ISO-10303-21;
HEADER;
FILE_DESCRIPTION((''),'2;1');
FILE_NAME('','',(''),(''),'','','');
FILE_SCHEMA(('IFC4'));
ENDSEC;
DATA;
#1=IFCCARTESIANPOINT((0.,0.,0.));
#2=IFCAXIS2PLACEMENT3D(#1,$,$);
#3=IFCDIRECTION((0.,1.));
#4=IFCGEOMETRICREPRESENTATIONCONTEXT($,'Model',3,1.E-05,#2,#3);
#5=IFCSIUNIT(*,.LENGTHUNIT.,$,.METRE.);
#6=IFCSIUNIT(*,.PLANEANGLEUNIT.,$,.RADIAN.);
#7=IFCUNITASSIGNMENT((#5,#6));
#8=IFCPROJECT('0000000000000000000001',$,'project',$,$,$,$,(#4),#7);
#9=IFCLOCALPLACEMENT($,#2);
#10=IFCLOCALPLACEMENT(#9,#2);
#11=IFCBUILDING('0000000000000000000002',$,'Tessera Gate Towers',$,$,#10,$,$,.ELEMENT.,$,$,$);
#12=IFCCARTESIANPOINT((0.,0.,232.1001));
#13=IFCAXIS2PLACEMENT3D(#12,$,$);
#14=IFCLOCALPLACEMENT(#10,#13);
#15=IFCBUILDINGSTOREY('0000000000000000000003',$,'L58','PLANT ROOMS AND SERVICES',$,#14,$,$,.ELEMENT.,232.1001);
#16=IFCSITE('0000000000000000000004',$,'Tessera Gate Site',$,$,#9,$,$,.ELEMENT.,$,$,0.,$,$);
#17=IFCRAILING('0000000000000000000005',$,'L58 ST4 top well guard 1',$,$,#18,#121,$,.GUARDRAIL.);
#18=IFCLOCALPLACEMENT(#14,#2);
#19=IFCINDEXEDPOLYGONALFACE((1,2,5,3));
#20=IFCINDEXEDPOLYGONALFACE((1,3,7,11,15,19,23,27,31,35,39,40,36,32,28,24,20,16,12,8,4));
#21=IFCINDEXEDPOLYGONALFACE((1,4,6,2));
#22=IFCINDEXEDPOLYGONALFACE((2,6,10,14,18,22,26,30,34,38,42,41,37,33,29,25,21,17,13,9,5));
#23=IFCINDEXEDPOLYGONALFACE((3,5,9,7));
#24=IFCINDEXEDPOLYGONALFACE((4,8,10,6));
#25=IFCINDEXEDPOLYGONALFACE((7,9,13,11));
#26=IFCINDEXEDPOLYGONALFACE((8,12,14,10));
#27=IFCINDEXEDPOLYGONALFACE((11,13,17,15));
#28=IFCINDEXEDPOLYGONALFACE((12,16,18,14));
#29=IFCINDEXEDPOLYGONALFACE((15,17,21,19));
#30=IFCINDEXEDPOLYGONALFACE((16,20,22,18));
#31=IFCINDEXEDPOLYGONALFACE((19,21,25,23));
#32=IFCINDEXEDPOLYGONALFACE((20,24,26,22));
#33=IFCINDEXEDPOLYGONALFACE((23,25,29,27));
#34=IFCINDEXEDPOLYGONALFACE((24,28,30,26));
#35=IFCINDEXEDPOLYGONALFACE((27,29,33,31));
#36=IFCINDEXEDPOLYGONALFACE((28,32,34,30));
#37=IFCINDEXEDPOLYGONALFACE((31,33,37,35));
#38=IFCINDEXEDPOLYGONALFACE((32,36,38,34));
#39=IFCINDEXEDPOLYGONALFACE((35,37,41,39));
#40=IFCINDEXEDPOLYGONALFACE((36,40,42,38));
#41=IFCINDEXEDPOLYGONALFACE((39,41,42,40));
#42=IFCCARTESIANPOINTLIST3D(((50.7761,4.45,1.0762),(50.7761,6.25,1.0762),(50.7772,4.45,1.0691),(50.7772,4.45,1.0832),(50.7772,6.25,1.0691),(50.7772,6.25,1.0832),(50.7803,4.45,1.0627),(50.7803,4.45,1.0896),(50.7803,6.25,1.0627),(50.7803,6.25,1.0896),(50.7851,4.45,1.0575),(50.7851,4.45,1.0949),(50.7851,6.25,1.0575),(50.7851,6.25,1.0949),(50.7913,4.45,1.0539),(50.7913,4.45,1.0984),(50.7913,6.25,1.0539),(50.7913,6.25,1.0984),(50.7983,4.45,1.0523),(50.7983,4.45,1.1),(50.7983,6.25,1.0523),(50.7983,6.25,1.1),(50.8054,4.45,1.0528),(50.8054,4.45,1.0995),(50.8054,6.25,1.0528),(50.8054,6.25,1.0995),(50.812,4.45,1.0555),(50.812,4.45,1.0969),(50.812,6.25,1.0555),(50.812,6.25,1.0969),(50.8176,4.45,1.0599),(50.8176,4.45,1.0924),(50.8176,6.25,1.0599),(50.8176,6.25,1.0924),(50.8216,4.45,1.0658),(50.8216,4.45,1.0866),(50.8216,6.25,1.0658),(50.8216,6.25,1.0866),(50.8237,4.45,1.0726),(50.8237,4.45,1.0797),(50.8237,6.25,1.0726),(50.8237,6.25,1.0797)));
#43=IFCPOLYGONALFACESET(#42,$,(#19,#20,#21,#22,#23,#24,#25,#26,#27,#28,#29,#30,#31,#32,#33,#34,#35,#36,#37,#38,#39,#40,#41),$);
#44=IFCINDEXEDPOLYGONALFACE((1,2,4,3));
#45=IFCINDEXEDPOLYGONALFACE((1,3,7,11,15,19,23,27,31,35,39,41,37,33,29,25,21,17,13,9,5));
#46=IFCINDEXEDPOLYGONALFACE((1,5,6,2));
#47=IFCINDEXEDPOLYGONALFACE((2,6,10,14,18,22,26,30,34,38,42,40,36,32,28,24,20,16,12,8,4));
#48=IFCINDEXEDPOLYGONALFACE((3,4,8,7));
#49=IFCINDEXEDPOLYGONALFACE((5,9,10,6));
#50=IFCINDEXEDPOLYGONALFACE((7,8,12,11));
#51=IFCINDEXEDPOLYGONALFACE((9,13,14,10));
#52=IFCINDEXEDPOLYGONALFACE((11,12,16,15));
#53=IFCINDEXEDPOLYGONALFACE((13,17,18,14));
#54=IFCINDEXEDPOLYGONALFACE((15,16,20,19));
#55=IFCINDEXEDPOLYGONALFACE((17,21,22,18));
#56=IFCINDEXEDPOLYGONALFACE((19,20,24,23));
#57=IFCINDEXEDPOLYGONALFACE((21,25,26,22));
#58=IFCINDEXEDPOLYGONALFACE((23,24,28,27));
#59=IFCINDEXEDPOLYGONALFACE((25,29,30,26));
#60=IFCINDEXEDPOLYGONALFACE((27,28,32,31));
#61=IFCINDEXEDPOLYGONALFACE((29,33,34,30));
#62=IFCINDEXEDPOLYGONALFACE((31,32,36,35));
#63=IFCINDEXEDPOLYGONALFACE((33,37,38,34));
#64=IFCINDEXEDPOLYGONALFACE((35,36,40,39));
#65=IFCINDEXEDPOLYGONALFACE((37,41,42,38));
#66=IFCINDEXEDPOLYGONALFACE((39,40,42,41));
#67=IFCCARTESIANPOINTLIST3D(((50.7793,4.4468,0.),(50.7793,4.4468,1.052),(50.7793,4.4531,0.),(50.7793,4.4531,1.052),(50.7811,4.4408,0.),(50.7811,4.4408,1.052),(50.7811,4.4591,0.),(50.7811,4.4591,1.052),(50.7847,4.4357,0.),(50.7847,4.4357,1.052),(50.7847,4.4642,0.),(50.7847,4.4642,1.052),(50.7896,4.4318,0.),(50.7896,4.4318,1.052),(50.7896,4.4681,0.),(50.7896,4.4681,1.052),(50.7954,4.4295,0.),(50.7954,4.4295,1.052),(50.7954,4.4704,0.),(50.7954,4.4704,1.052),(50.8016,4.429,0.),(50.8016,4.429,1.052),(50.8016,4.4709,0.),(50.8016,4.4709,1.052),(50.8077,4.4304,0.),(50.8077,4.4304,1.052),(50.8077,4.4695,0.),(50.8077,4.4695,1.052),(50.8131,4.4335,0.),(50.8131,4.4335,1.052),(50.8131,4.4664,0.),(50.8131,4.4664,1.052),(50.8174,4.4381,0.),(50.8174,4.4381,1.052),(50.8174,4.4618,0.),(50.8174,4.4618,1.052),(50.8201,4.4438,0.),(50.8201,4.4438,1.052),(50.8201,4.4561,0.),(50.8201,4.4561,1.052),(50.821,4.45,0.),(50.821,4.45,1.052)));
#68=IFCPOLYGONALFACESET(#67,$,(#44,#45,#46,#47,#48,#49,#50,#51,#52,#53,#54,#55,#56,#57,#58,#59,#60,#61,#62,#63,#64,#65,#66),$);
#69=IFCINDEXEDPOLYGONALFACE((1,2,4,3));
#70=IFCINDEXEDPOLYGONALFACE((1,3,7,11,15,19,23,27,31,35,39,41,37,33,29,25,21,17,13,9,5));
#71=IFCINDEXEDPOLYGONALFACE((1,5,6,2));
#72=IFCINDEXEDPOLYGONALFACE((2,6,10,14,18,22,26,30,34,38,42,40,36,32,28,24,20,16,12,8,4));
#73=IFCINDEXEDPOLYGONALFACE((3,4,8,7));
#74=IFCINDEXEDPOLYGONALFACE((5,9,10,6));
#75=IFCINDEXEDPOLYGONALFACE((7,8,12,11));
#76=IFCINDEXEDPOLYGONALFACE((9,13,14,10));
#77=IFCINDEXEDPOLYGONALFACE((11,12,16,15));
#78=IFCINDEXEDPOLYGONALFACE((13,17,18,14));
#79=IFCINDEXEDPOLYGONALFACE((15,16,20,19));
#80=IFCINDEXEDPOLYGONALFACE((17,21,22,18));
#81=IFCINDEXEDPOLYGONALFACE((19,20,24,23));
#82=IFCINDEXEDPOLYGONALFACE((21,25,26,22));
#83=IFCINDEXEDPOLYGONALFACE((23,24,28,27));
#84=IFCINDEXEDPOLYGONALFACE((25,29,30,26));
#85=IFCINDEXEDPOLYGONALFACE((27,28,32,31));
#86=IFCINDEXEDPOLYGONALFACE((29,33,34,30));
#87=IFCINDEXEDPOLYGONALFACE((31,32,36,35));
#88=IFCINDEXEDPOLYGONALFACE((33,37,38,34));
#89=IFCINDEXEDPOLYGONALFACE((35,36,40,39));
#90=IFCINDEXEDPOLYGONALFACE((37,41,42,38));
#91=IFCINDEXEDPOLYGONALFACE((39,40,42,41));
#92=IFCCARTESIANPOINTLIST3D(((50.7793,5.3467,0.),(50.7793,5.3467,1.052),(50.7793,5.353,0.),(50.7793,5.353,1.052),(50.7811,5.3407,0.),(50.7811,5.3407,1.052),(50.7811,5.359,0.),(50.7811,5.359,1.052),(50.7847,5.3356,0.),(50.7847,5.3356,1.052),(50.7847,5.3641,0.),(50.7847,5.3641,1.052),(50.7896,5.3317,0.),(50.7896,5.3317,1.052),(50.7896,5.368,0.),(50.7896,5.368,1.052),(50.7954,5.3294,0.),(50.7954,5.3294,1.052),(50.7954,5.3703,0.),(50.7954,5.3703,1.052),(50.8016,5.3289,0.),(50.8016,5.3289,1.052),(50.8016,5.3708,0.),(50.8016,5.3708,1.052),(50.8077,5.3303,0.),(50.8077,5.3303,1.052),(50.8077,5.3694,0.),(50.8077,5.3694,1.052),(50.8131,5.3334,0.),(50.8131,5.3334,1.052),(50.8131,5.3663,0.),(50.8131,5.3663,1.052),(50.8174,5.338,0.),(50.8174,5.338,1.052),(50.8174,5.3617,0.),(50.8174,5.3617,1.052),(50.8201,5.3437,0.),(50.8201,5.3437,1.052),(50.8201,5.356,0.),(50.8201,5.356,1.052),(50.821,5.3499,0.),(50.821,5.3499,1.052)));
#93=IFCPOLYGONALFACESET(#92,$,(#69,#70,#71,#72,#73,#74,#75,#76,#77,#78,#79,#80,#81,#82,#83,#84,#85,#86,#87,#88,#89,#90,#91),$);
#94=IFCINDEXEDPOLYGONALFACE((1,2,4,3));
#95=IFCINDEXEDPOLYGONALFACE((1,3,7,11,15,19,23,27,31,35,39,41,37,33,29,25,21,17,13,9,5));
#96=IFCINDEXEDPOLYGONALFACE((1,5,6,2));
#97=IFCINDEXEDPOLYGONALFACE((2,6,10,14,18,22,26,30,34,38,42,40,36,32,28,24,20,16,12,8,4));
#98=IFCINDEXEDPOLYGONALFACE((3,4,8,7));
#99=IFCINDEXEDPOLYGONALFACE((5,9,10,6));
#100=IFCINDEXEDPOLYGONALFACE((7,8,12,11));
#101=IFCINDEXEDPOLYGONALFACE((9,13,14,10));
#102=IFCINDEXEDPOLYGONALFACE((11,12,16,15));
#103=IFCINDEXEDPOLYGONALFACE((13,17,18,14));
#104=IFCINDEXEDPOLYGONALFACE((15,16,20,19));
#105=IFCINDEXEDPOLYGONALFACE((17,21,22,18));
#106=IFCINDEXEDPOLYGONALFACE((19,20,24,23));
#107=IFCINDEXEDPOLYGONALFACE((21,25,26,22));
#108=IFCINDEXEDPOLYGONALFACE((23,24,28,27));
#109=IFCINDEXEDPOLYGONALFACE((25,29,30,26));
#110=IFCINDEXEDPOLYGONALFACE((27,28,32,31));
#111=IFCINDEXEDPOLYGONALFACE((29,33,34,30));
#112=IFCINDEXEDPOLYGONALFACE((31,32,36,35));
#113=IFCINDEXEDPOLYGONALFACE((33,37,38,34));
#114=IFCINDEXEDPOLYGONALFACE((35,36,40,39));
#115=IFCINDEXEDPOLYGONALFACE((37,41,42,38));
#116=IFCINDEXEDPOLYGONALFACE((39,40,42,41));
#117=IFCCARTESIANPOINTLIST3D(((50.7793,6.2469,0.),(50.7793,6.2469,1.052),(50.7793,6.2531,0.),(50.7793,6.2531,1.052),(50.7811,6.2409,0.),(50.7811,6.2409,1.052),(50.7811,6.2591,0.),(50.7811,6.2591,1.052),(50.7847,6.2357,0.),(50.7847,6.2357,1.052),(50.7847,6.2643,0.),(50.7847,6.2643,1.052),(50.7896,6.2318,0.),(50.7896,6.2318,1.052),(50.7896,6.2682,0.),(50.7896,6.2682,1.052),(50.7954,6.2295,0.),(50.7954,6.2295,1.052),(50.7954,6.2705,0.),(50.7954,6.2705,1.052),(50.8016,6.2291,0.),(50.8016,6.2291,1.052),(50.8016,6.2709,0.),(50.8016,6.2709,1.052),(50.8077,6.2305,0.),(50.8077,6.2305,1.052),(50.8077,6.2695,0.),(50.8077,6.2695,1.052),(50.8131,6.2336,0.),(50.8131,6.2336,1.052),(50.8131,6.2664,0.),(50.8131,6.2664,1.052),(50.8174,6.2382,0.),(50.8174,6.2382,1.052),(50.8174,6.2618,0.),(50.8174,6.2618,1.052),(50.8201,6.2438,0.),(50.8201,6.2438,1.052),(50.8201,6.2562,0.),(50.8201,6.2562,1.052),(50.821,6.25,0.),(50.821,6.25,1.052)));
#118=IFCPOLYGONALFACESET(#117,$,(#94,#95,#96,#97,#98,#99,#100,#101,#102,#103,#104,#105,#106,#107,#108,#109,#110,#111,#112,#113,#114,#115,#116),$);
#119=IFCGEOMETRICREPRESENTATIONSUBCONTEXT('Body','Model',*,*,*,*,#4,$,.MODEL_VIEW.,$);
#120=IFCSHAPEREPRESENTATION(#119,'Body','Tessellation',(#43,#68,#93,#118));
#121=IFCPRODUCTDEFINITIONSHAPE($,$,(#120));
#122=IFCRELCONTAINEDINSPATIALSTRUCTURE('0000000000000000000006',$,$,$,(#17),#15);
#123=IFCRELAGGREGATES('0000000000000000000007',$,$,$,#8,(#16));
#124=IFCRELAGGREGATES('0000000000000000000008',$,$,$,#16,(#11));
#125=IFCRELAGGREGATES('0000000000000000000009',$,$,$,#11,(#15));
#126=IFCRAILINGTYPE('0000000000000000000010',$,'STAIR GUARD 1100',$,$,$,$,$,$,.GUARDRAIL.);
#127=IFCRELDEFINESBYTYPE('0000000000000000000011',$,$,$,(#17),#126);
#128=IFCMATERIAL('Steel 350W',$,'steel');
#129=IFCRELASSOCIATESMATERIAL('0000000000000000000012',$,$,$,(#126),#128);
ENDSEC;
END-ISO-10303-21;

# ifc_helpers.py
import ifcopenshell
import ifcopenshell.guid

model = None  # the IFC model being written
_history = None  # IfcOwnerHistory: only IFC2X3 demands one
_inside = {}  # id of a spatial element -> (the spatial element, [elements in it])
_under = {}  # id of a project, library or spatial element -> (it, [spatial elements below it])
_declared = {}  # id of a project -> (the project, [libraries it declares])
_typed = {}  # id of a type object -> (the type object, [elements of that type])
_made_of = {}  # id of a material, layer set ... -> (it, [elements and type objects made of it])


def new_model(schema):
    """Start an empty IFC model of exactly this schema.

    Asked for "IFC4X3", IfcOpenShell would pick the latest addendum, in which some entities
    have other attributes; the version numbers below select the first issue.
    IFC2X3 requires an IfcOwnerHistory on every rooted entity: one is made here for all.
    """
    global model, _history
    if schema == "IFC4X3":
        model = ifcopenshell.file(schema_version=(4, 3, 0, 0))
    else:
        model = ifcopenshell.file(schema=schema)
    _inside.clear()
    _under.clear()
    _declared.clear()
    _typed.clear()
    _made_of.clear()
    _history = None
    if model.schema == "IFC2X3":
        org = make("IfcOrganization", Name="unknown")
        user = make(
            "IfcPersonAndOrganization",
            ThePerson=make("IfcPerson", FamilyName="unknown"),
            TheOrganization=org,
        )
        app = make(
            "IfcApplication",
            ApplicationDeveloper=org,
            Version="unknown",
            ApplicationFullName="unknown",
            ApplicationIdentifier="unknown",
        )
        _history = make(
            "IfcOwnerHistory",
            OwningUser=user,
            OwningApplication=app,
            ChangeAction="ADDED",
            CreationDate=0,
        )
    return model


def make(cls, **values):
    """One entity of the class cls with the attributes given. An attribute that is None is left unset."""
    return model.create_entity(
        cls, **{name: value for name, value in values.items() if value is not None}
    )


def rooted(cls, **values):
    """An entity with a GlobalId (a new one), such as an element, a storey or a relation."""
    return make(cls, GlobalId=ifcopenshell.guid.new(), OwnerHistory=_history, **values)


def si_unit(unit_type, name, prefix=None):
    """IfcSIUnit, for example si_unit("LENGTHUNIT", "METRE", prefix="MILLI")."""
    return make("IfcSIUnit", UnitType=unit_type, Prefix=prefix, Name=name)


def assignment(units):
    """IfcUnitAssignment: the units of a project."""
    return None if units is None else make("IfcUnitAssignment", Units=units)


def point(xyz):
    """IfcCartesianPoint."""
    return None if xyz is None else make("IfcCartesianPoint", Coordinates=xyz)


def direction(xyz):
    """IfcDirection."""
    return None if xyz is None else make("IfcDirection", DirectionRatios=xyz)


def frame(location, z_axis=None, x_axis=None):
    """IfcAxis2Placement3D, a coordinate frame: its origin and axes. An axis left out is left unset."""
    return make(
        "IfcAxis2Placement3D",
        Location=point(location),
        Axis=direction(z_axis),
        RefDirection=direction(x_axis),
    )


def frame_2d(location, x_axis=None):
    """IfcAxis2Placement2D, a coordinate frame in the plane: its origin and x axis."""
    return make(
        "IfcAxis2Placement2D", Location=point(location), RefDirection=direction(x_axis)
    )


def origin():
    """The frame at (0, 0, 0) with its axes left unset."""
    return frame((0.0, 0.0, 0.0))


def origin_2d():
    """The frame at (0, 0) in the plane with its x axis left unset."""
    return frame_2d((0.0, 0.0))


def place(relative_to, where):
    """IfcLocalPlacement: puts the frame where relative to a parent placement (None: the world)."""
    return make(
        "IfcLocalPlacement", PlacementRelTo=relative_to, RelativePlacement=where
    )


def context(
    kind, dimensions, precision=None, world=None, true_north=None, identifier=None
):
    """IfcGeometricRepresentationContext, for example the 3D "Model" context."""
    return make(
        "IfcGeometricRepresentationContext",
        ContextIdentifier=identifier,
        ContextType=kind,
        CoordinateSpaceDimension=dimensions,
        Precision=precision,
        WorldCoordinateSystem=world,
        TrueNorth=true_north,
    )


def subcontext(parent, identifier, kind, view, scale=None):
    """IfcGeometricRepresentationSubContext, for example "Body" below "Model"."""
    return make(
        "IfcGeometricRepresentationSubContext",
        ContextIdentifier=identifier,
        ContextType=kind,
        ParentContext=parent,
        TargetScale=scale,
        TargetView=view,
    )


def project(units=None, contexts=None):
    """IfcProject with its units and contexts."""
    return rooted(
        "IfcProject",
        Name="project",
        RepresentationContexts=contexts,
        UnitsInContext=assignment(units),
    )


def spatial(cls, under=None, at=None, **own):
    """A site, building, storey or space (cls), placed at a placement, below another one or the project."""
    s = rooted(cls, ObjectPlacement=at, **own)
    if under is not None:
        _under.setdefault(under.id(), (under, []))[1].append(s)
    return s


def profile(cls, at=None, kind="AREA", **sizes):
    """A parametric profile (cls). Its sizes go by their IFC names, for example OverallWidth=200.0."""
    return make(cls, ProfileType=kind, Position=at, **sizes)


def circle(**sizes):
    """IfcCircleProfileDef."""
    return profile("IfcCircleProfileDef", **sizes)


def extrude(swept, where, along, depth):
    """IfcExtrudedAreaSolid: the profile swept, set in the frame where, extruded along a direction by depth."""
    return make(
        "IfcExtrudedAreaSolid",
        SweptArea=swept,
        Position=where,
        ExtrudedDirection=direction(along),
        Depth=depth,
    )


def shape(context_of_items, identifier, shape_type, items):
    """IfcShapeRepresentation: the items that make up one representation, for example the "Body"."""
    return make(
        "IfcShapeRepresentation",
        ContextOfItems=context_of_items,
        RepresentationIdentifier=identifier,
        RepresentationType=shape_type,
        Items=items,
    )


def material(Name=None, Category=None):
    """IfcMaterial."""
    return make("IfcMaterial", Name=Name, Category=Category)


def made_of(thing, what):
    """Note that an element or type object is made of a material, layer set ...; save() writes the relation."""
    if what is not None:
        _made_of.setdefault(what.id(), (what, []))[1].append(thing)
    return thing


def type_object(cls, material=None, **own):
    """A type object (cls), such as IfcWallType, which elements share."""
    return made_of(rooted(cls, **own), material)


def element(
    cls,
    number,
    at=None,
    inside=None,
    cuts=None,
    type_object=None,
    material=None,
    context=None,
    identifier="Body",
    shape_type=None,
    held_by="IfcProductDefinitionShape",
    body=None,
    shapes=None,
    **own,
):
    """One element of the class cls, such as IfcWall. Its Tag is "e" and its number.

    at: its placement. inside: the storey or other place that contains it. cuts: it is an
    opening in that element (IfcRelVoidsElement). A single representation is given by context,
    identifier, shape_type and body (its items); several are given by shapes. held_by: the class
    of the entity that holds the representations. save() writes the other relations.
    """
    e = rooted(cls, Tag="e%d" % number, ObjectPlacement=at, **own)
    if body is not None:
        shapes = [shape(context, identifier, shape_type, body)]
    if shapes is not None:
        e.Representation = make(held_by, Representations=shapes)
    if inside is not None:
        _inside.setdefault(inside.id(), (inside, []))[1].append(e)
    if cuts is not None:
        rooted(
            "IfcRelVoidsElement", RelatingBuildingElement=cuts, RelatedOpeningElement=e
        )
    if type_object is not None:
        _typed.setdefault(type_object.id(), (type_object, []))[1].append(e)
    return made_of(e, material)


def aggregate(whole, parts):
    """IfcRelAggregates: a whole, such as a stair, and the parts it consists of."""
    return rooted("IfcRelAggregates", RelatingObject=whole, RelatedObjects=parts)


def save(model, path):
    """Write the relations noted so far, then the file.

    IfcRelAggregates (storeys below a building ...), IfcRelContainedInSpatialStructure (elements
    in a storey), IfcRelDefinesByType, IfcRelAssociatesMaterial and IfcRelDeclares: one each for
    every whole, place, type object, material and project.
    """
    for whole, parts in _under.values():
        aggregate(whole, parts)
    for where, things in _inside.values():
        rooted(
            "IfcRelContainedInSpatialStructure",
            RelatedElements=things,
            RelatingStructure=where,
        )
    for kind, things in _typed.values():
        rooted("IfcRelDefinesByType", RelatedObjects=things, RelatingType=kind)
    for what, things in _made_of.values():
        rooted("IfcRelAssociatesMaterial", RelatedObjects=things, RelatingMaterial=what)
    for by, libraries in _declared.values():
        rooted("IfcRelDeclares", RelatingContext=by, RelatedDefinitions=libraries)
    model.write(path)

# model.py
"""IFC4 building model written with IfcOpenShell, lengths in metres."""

from ifc_helpers import new_model, si_unit, direction, frame, origin, origin_2d, place, context, subcontext, project, spatial, circle, extrude, material, type_object, element, save


model = new_model("IFC4")

# Units and contexts
model_context = context("Model", 3, precision=1e-05, world=origin(), true_north=direction((0.0, 1.0)))
body_context = subcontext(model_context, "Body", "Model", "MODEL_VIEW")
ifc_project = project(units=[si_unit("LENGTHUNIT", "METRE"), si_unit("PLANEANGLEUNIT", "RADIAN")], contexts=[model_context])

# Site, building, storey
site_placement = place(None, origin())
site = spatial("IfcSite", under=ifc_project, at=site_placement, Name="Tessera Gate Site", CompositionType="ELEMENT", RefElevation=0.0)
building_placement = place(site_placement, origin())
building = spatial("IfcBuilding", under=site, at=building_placement, Name="Tessera Gate Towers", CompositionType="ELEMENT")
storey_placement = place(building_placement, frame((0.0, 0.0, 232.1001)))
storey = spatial("IfcBuildingStorey", under=building, at=storey_placement, Name="L58", Description="PLANT ROOMS AND SERVICES", CompositionType="ELEMENT", Elevation=232.1001)

# Railing
ifc_material_1 = material(Name="Steel 350W", Category="steel")
railing_type = type_object("IfcRailingType", Name="STAIR GUARD 1100", PredefinedType="GUARDRAIL", material=ifc_material_1)
railing_placement = place(storey_placement, frame((50.8, 4.45, 0.0)))
element("IfcRailing", 1, at=railing_placement, inside=storey, type_object=railing_type, Name="L58 ST4 top well guard 1", PredefinedType="GUARDRAIL", context=body_context, shape_type="SweptSolid", body=[
    extrude(circle(Radius=0.0239, at=origin_2d()), frame((0.0, 0.0, 1.0762), z_axis=(0.0, 1.0, 0.0), x_axis=(-1.0, 0.0, 0.0)), (0.0, 0.0, 1.0), 1.8),
    extrude(circle(Radius=0.021, at=origin_2d()), origin(), (0.0, 0.0, 1.0), 1.052),
    extrude(circle(Radius=0.021, at=origin_2d()), frame((0.0, 0.8999, 0.0)), (0.0, 0.0, 1.0), 1.052),
    extrude(circle(Radius=0.021, at=origin_2d()), frame((0.0, 1.8, 0.0)), (0.0, 0.0, 1.0), 1.052),
])

save(model, "model.ifc")
